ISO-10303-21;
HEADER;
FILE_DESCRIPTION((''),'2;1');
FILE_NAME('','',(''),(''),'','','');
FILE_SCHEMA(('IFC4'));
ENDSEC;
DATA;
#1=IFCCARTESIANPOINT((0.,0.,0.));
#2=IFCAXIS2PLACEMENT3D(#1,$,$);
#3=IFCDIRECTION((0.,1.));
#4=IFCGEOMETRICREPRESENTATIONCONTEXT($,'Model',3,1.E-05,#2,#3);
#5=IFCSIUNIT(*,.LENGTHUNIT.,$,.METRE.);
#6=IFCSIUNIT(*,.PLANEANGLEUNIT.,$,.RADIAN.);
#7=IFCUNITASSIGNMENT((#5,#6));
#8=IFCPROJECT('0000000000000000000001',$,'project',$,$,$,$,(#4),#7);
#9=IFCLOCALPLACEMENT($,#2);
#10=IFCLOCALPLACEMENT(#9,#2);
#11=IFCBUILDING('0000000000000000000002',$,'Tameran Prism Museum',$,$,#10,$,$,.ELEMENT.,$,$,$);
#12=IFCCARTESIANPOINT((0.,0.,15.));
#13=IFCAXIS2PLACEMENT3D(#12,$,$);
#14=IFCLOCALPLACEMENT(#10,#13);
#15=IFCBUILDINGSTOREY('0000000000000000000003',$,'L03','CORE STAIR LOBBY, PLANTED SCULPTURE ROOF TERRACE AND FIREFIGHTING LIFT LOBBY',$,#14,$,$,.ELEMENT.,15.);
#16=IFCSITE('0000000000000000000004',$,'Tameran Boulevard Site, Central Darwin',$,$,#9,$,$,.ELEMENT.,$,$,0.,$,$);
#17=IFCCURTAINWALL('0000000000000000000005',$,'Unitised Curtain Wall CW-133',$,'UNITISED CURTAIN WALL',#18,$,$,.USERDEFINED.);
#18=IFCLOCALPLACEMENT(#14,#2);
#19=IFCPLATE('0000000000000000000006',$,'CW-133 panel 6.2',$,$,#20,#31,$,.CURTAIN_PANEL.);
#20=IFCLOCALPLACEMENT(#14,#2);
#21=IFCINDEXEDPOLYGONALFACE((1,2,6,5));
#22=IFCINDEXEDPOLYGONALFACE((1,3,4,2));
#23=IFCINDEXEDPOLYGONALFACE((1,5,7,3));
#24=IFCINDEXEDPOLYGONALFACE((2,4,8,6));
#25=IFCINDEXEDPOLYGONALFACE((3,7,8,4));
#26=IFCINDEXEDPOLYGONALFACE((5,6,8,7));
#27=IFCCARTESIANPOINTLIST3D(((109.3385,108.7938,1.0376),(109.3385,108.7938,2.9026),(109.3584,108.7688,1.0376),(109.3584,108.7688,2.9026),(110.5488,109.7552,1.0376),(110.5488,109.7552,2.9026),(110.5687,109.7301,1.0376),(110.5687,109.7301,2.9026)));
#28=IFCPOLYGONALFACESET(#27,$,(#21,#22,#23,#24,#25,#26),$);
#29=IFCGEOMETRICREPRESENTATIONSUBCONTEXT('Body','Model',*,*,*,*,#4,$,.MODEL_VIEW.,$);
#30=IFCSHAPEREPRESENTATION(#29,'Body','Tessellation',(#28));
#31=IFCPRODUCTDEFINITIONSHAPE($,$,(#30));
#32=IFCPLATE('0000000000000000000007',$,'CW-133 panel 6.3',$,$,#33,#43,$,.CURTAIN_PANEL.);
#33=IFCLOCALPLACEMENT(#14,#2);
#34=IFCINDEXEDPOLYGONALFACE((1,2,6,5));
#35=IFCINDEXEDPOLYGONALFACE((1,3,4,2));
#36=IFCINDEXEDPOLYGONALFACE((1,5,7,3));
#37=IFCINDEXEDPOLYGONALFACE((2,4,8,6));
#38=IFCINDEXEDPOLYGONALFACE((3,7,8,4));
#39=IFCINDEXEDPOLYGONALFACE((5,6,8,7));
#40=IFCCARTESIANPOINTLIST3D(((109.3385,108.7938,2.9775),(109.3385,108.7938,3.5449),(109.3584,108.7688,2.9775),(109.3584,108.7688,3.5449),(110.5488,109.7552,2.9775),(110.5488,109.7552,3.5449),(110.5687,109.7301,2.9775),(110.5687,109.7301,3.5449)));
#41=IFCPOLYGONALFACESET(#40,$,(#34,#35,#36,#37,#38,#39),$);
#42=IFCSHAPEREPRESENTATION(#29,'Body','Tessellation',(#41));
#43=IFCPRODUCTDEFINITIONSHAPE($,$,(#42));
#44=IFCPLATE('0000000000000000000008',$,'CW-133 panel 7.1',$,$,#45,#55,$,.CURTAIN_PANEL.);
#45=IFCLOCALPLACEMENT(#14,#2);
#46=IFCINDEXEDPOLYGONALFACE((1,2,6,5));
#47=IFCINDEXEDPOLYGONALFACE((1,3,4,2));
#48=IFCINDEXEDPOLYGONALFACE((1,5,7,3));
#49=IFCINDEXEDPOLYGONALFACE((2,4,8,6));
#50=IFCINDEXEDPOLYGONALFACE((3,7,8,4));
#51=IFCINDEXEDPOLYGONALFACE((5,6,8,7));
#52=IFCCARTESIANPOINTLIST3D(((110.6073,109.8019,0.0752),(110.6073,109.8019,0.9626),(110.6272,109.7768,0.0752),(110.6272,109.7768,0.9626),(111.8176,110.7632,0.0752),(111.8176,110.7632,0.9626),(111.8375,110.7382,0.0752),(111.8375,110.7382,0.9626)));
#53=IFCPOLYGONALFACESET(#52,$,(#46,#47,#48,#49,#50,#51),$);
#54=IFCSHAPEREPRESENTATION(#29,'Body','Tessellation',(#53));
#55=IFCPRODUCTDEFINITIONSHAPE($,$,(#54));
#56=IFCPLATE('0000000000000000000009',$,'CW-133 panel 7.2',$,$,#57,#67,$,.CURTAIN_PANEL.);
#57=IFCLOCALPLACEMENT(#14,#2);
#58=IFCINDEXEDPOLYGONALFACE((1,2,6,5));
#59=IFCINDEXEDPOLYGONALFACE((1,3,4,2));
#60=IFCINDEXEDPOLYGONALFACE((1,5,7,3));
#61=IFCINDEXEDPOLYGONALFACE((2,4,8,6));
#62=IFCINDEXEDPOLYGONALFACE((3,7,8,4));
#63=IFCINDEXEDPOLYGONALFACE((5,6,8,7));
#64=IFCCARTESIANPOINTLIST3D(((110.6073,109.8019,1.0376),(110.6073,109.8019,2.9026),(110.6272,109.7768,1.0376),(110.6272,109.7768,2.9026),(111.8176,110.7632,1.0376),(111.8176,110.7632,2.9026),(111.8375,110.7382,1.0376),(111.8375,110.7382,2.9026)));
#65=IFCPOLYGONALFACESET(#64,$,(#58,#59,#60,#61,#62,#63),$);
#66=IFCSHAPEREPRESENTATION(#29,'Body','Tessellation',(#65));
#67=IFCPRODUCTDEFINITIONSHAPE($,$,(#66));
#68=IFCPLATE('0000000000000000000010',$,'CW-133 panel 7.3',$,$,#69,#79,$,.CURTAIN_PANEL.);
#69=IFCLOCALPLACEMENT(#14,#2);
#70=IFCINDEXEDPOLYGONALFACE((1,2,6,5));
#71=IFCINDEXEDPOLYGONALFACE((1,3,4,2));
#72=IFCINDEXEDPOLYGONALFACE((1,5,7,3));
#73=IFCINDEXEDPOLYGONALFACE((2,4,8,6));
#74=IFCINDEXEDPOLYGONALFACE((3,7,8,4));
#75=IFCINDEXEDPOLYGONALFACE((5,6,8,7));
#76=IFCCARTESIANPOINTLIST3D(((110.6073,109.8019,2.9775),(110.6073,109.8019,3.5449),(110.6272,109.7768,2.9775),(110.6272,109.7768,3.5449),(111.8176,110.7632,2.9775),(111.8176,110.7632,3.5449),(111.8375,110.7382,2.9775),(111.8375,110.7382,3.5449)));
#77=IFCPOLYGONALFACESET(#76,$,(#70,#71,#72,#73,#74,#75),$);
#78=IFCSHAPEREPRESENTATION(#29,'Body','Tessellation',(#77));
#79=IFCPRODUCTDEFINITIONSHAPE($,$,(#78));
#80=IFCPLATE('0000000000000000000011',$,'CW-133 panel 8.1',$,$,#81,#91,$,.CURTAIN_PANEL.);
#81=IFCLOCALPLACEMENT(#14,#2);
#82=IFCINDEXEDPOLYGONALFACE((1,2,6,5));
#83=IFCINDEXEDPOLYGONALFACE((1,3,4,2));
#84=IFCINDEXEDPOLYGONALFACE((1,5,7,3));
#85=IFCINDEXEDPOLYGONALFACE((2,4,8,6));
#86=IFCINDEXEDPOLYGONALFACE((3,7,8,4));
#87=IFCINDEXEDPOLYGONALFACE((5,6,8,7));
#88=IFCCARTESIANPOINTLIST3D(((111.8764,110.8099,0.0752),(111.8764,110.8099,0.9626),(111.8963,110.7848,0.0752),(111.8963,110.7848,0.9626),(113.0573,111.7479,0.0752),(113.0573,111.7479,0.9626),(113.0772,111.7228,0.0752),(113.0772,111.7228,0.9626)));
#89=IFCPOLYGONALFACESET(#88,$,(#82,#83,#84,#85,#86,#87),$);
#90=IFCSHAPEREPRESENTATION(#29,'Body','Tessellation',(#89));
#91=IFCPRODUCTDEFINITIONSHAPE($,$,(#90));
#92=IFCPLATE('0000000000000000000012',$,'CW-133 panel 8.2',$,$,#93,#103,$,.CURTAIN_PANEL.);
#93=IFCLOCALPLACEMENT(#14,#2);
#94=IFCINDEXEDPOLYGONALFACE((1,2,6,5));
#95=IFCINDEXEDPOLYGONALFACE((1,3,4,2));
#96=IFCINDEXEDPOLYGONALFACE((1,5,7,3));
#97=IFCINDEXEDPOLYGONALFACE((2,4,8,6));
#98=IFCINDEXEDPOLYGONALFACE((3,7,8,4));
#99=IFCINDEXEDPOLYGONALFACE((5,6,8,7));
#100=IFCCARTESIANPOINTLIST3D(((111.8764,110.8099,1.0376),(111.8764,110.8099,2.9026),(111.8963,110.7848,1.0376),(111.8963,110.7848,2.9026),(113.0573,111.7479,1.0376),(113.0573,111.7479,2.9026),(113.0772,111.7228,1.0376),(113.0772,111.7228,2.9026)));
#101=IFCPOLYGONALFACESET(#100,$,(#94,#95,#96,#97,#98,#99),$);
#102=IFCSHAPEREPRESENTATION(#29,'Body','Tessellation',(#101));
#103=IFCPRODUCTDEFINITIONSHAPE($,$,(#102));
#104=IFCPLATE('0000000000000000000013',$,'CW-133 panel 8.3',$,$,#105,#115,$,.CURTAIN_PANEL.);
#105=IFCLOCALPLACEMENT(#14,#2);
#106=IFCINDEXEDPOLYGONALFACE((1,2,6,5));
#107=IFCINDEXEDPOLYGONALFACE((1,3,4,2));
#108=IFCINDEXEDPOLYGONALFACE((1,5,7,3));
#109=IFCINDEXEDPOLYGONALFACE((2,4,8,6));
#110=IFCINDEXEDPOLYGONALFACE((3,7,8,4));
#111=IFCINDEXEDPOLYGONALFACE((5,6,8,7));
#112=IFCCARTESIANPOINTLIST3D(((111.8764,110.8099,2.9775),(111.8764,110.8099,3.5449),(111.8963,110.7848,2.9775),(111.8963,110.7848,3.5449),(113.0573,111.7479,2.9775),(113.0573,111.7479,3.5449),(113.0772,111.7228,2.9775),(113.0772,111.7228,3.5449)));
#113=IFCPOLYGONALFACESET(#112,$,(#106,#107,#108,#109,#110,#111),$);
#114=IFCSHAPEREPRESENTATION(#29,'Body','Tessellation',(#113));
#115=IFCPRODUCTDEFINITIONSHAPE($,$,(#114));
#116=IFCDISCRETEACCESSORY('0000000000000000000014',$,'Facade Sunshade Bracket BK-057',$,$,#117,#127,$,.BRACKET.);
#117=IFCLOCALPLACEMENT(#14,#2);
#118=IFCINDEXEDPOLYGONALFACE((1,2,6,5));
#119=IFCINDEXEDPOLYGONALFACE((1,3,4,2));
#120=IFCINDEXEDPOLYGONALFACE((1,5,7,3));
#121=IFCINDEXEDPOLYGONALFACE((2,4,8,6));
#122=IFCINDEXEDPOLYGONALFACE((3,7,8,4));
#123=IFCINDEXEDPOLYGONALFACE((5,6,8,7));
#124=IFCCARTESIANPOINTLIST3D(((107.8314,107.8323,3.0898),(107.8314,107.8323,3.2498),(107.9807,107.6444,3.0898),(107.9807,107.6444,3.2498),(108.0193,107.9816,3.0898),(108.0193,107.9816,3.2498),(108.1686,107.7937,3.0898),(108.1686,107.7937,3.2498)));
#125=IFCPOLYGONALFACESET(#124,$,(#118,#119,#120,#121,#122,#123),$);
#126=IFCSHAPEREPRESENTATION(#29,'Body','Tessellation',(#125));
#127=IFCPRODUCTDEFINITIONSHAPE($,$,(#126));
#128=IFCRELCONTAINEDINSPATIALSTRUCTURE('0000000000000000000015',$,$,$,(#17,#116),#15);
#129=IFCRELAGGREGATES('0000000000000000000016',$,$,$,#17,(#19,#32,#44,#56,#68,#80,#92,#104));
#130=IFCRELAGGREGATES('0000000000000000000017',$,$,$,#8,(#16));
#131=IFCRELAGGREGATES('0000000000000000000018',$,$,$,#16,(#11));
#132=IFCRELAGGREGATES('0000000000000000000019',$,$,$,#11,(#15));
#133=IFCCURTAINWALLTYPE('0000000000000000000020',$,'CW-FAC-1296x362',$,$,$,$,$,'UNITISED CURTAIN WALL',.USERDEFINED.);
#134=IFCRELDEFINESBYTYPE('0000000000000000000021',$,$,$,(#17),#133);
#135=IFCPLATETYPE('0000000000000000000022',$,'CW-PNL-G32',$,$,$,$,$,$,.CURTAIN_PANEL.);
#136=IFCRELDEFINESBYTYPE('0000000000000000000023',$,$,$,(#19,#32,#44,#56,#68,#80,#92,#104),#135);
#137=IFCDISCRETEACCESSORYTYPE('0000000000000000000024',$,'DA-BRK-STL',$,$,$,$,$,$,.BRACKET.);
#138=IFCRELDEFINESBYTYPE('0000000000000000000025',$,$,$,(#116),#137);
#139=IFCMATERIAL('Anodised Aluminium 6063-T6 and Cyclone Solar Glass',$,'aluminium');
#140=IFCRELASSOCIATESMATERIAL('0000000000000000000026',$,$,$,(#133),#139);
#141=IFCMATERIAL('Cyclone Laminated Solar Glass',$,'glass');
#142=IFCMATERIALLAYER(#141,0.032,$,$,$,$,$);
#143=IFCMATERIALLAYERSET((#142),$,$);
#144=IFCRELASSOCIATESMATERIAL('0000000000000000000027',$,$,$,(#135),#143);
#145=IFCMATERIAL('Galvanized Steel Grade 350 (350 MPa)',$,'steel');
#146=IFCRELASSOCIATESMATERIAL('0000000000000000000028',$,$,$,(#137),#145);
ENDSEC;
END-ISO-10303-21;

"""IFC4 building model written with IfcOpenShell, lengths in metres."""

from ifc_helpers import new_model, si_unit, direction, frame, origin, origin_2d, place, context, subcontext, project, spatial, rectangle, extrude, material, layer, layer_set, type_object, element, aggregate, save


model = new_model("IFC4")

# Units and contexts
model_context = context("Model", 3, precision=1e-05, world=origin(), true_north=direction((0.0, 1.0)))
body_context = subcontext(model_context, "Body", "Model", "MODEL_VIEW")
ifc_project = project(units=[si_unit("LENGTHUNIT", "METRE"), si_unit("PLANEANGLEUNIT", "RADIAN")], contexts=[model_context])

# Site, building, storey
site_placement = place(None, origin())
site = spatial("IfcSite", under=ifc_project, at=site_placement, Name="Tameran Boulevard Site, Central Darwin", CompositionType="ELEMENT", RefElevation=0.0)
building_placement = place(site_placement, origin())
building = spatial("IfcBuilding", under=site, at=building_placement, Name="Tameran Prism Museum", CompositionType="ELEMENT")
storey_placement = place(building_placement, frame((0.0, 0.0, 15.0)))
storey = spatial("IfcBuildingStorey", under=building, at=storey_placement, Name="L03", Description="CORE STAIR LOBBY, PLANTED SCULPTURE ROOF TERRACE AND FIREFIGHTING LIFT LOBBY", CompositionType="ELEMENT", Elevation=15.0)

# Curtain wall, plates
ifc_material_1 = material(Name="Anodised Aluminium 6063-T6 and Cyclone Solar Glass", Category="aluminium")
curtain_wall_type = type_object("IfcCurtainWallType", Name="CW-FAC-1296x362", ElementType="UNITISED CURTAIN WALL", PredefinedType="USERDEFINED", material=ifc_material_1)
curtain_wall_placement = place(storey_placement, origin())
curtain_wall = element("IfcCurtainWall", 1, at=curtain_wall_placement, inside=storey, type_object=curtain_wall_type, Name="Unitised Curtain Wall CW-133", ObjectType="UNITISED CURTAIN WALL", PredefinedType="USERDEFINED")
ifc_material_2 = material(Name="Cyclone Laminated Solar Glass", Category="glass")
ifc_layer = layer(ifc_material_2, 0.032)
ifc_layer_set = layer_set([ifc_layer])
plate_type = type_object("IfcPlateType", Name="CW-PNL-G32", PredefinedType="CURTAIN_PANEL", material=ifc_layer_set)
plate_1_placement = place(storey_placement, frame((109.9536, 109.262, 1.0376), z_axis=(0.0, 0.0, 1.0), x_axis=(0.783031, 0.621982, 0.0)))
plate_1 = element("IfcPlate", 2, at=plate_1_placement, type_object=plate_type, Name="CW-133 panel 6.2", PredefinedType="CURTAIN_PANEL", context=body_context, shape_type="SweptSolid", body=[
    extrude(rectangle(XDim=1.5457, YDim=0.032, at=origin_2d()), origin(), (0.0, 0.0, 1.0), 1.865),
])
plate_2_placement = place(storey_placement, frame((109.9536, 109.262, 2.9775), z_axis=(0.0, 0.0, 1.0), x_axis=(0.783031, 0.621982, 0.0)))
plate_2 = element("IfcPlate", 3, at=plate_2_placement, type_object=plate_type, Name="CW-133 panel 6.3", PredefinedType="CURTAIN_PANEL", context=body_context, shape_type="SweptSolid", body=[
    extrude(rectangle(XDim=1.5457, YDim=0.032, at=origin_2d()), origin(), (0.0, 0.0, 1.0), 0.5674),
])
plate_3_placement = place(storey_placement, frame((111.2224, 110.27, 0.0752), z_axis=(0.0, 0.0, 1.0), x_axis=(0.783031, 0.621982, 0.0)))
plate_3 = element("IfcPlate", 4, at=plate_3_placement, type_object=plate_type, Name="CW-133 panel 7.1", PredefinedType="CURTAIN_PANEL", context=body_context, shape_type="SweptSolid", body=[
    extrude(rectangle(XDim=1.5457, YDim=0.032, at=origin_2d()), origin(), (0.0, 0.0, 1.0), 0.8875),
])
plate_4_placement = place(storey_placement, frame((111.2224, 110.27, 1.0376), z_axis=(0.0, 0.0, 1.0), x_axis=(0.783031, 0.621982, 0.0)))
plate_4 = element("IfcPlate", 5, at=plate_4_placement, type_object=plate_type, Name="CW-133 panel 7.2", PredefinedType="CURTAIN_PANEL", context=body_context, shape_type="SweptSolid", body=[
    extrude(rectangle(XDim=1.5457, YDim=0.032, at=origin_2d()), origin(), (0.0, 0.0, 1.0), 1.865),
])
plate_5_placement = place(storey_placement, frame((111.2224, 110.27, 2.9775), z_axis=(0.0, 0.0, 1.0), x_axis=(0.783031, 0.621982, 0.0)))
plate_5 = element("IfcPlate", 6, at=plate_5_placement, type_object=plate_type, Name="CW-133 panel 7.3", PredefinedType="CURTAIN_PANEL", context=body_context, shape_type="SweptSolid", body=[
    extrude(rectangle(XDim=1.5457, YDim=0.032, at=origin_2d()), origin(), (0.0, 0.0, 1.0), 0.5674),
])
plate_6_placement = place(storey_placement, frame((112.4768, 111.2664, 0.0752), z_axis=(0.0, 0.0, 1.0), x_axis=(0.783031, 0.621982, 0.0)))
plate_6 = element("IfcPlate", 7, at=plate_6_placement, type_object=plate_type, Name="CW-133 panel 8.1", PredefinedType="CURTAIN_PANEL", context=body_context, shape_type="SweptSolid", body=[
    extrude(rectangle(XDim=1.5081, YDim=0.032, at=origin_2d()), origin(), (0.0, 0.0, 1.0), 0.8875),
])
plate_7_placement = place(storey_placement, frame((112.4768, 111.2664, 1.0376), z_axis=(0.0, 0.0, 1.0), x_axis=(0.783031, 0.621982, 0.0)))
plate_7 = element("IfcPlate", 8, at=plate_7_placement, type_object=plate_type, Name="CW-133 panel 8.2", PredefinedType="CURTAIN_PANEL", context=body_context, shape_type="SweptSolid", body=[
    extrude(rectangle(XDim=1.5081, YDim=0.032, at=origin_2d()), origin(), (0.0, 0.0, 1.0), 1.865),
])
plate_8_placement = place(storey_placement, frame((112.4768, 111.2664, 2.9775), z_axis=(0.0, 0.0, 1.0), x_axis=(0.783031, 0.621982, 0.0)))
plate_8 = element("IfcPlate", 9, at=plate_8_placement, type_object=plate_type, Name="CW-133 panel 8.3", PredefinedType="CURTAIN_PANEL", context=body_context, shape_type="SweptSolid", body=[
    extrude(rectangle(XDim=1.5081, YDim=0.032, at=origin_2d()), origin(), (0.0, 0.0, 1.0), 0.5674),
])
aggregate(curtain_wall, [plate_1, plate_2, plate_3, plate_4, plate_5, plate_6, plate_7, plate_8])

# Discrete accessory
ifc_material_3 = material(Name="Galvanized Steel Grade 350 (350 MPa)", Category="steel")
discrete_accessory_type = type_object("IfcDiscreteAccessoryType", Name="DA-BRK-STL", PredefinedType="BRACKET", material=ifc_material_3)
discrete_accessory_placement = place(storey_placement, frame((108.0, 107.813, 3.0898), z_axis=(0.0, 0.0, 1.0), x_axis=(0.783043, 0.621968, 0.0)))
element("IfcDiscreteAccessory", 10, at=discrete_accessory_placement, inside=storey, type_object=discrete_accessory_type, Name="Facade Sunshade Bracket BK-057", PredefinedType="BRACKET", context=body_context, shape_type="SweptSolid", body=[
    extrude(rectangle(XDim=0.24, YDim=0.24, at=origin_2d()), origin(), (0.0, 0.0, 1.0), 0.1599),
])

save(model, "model.ifc")
